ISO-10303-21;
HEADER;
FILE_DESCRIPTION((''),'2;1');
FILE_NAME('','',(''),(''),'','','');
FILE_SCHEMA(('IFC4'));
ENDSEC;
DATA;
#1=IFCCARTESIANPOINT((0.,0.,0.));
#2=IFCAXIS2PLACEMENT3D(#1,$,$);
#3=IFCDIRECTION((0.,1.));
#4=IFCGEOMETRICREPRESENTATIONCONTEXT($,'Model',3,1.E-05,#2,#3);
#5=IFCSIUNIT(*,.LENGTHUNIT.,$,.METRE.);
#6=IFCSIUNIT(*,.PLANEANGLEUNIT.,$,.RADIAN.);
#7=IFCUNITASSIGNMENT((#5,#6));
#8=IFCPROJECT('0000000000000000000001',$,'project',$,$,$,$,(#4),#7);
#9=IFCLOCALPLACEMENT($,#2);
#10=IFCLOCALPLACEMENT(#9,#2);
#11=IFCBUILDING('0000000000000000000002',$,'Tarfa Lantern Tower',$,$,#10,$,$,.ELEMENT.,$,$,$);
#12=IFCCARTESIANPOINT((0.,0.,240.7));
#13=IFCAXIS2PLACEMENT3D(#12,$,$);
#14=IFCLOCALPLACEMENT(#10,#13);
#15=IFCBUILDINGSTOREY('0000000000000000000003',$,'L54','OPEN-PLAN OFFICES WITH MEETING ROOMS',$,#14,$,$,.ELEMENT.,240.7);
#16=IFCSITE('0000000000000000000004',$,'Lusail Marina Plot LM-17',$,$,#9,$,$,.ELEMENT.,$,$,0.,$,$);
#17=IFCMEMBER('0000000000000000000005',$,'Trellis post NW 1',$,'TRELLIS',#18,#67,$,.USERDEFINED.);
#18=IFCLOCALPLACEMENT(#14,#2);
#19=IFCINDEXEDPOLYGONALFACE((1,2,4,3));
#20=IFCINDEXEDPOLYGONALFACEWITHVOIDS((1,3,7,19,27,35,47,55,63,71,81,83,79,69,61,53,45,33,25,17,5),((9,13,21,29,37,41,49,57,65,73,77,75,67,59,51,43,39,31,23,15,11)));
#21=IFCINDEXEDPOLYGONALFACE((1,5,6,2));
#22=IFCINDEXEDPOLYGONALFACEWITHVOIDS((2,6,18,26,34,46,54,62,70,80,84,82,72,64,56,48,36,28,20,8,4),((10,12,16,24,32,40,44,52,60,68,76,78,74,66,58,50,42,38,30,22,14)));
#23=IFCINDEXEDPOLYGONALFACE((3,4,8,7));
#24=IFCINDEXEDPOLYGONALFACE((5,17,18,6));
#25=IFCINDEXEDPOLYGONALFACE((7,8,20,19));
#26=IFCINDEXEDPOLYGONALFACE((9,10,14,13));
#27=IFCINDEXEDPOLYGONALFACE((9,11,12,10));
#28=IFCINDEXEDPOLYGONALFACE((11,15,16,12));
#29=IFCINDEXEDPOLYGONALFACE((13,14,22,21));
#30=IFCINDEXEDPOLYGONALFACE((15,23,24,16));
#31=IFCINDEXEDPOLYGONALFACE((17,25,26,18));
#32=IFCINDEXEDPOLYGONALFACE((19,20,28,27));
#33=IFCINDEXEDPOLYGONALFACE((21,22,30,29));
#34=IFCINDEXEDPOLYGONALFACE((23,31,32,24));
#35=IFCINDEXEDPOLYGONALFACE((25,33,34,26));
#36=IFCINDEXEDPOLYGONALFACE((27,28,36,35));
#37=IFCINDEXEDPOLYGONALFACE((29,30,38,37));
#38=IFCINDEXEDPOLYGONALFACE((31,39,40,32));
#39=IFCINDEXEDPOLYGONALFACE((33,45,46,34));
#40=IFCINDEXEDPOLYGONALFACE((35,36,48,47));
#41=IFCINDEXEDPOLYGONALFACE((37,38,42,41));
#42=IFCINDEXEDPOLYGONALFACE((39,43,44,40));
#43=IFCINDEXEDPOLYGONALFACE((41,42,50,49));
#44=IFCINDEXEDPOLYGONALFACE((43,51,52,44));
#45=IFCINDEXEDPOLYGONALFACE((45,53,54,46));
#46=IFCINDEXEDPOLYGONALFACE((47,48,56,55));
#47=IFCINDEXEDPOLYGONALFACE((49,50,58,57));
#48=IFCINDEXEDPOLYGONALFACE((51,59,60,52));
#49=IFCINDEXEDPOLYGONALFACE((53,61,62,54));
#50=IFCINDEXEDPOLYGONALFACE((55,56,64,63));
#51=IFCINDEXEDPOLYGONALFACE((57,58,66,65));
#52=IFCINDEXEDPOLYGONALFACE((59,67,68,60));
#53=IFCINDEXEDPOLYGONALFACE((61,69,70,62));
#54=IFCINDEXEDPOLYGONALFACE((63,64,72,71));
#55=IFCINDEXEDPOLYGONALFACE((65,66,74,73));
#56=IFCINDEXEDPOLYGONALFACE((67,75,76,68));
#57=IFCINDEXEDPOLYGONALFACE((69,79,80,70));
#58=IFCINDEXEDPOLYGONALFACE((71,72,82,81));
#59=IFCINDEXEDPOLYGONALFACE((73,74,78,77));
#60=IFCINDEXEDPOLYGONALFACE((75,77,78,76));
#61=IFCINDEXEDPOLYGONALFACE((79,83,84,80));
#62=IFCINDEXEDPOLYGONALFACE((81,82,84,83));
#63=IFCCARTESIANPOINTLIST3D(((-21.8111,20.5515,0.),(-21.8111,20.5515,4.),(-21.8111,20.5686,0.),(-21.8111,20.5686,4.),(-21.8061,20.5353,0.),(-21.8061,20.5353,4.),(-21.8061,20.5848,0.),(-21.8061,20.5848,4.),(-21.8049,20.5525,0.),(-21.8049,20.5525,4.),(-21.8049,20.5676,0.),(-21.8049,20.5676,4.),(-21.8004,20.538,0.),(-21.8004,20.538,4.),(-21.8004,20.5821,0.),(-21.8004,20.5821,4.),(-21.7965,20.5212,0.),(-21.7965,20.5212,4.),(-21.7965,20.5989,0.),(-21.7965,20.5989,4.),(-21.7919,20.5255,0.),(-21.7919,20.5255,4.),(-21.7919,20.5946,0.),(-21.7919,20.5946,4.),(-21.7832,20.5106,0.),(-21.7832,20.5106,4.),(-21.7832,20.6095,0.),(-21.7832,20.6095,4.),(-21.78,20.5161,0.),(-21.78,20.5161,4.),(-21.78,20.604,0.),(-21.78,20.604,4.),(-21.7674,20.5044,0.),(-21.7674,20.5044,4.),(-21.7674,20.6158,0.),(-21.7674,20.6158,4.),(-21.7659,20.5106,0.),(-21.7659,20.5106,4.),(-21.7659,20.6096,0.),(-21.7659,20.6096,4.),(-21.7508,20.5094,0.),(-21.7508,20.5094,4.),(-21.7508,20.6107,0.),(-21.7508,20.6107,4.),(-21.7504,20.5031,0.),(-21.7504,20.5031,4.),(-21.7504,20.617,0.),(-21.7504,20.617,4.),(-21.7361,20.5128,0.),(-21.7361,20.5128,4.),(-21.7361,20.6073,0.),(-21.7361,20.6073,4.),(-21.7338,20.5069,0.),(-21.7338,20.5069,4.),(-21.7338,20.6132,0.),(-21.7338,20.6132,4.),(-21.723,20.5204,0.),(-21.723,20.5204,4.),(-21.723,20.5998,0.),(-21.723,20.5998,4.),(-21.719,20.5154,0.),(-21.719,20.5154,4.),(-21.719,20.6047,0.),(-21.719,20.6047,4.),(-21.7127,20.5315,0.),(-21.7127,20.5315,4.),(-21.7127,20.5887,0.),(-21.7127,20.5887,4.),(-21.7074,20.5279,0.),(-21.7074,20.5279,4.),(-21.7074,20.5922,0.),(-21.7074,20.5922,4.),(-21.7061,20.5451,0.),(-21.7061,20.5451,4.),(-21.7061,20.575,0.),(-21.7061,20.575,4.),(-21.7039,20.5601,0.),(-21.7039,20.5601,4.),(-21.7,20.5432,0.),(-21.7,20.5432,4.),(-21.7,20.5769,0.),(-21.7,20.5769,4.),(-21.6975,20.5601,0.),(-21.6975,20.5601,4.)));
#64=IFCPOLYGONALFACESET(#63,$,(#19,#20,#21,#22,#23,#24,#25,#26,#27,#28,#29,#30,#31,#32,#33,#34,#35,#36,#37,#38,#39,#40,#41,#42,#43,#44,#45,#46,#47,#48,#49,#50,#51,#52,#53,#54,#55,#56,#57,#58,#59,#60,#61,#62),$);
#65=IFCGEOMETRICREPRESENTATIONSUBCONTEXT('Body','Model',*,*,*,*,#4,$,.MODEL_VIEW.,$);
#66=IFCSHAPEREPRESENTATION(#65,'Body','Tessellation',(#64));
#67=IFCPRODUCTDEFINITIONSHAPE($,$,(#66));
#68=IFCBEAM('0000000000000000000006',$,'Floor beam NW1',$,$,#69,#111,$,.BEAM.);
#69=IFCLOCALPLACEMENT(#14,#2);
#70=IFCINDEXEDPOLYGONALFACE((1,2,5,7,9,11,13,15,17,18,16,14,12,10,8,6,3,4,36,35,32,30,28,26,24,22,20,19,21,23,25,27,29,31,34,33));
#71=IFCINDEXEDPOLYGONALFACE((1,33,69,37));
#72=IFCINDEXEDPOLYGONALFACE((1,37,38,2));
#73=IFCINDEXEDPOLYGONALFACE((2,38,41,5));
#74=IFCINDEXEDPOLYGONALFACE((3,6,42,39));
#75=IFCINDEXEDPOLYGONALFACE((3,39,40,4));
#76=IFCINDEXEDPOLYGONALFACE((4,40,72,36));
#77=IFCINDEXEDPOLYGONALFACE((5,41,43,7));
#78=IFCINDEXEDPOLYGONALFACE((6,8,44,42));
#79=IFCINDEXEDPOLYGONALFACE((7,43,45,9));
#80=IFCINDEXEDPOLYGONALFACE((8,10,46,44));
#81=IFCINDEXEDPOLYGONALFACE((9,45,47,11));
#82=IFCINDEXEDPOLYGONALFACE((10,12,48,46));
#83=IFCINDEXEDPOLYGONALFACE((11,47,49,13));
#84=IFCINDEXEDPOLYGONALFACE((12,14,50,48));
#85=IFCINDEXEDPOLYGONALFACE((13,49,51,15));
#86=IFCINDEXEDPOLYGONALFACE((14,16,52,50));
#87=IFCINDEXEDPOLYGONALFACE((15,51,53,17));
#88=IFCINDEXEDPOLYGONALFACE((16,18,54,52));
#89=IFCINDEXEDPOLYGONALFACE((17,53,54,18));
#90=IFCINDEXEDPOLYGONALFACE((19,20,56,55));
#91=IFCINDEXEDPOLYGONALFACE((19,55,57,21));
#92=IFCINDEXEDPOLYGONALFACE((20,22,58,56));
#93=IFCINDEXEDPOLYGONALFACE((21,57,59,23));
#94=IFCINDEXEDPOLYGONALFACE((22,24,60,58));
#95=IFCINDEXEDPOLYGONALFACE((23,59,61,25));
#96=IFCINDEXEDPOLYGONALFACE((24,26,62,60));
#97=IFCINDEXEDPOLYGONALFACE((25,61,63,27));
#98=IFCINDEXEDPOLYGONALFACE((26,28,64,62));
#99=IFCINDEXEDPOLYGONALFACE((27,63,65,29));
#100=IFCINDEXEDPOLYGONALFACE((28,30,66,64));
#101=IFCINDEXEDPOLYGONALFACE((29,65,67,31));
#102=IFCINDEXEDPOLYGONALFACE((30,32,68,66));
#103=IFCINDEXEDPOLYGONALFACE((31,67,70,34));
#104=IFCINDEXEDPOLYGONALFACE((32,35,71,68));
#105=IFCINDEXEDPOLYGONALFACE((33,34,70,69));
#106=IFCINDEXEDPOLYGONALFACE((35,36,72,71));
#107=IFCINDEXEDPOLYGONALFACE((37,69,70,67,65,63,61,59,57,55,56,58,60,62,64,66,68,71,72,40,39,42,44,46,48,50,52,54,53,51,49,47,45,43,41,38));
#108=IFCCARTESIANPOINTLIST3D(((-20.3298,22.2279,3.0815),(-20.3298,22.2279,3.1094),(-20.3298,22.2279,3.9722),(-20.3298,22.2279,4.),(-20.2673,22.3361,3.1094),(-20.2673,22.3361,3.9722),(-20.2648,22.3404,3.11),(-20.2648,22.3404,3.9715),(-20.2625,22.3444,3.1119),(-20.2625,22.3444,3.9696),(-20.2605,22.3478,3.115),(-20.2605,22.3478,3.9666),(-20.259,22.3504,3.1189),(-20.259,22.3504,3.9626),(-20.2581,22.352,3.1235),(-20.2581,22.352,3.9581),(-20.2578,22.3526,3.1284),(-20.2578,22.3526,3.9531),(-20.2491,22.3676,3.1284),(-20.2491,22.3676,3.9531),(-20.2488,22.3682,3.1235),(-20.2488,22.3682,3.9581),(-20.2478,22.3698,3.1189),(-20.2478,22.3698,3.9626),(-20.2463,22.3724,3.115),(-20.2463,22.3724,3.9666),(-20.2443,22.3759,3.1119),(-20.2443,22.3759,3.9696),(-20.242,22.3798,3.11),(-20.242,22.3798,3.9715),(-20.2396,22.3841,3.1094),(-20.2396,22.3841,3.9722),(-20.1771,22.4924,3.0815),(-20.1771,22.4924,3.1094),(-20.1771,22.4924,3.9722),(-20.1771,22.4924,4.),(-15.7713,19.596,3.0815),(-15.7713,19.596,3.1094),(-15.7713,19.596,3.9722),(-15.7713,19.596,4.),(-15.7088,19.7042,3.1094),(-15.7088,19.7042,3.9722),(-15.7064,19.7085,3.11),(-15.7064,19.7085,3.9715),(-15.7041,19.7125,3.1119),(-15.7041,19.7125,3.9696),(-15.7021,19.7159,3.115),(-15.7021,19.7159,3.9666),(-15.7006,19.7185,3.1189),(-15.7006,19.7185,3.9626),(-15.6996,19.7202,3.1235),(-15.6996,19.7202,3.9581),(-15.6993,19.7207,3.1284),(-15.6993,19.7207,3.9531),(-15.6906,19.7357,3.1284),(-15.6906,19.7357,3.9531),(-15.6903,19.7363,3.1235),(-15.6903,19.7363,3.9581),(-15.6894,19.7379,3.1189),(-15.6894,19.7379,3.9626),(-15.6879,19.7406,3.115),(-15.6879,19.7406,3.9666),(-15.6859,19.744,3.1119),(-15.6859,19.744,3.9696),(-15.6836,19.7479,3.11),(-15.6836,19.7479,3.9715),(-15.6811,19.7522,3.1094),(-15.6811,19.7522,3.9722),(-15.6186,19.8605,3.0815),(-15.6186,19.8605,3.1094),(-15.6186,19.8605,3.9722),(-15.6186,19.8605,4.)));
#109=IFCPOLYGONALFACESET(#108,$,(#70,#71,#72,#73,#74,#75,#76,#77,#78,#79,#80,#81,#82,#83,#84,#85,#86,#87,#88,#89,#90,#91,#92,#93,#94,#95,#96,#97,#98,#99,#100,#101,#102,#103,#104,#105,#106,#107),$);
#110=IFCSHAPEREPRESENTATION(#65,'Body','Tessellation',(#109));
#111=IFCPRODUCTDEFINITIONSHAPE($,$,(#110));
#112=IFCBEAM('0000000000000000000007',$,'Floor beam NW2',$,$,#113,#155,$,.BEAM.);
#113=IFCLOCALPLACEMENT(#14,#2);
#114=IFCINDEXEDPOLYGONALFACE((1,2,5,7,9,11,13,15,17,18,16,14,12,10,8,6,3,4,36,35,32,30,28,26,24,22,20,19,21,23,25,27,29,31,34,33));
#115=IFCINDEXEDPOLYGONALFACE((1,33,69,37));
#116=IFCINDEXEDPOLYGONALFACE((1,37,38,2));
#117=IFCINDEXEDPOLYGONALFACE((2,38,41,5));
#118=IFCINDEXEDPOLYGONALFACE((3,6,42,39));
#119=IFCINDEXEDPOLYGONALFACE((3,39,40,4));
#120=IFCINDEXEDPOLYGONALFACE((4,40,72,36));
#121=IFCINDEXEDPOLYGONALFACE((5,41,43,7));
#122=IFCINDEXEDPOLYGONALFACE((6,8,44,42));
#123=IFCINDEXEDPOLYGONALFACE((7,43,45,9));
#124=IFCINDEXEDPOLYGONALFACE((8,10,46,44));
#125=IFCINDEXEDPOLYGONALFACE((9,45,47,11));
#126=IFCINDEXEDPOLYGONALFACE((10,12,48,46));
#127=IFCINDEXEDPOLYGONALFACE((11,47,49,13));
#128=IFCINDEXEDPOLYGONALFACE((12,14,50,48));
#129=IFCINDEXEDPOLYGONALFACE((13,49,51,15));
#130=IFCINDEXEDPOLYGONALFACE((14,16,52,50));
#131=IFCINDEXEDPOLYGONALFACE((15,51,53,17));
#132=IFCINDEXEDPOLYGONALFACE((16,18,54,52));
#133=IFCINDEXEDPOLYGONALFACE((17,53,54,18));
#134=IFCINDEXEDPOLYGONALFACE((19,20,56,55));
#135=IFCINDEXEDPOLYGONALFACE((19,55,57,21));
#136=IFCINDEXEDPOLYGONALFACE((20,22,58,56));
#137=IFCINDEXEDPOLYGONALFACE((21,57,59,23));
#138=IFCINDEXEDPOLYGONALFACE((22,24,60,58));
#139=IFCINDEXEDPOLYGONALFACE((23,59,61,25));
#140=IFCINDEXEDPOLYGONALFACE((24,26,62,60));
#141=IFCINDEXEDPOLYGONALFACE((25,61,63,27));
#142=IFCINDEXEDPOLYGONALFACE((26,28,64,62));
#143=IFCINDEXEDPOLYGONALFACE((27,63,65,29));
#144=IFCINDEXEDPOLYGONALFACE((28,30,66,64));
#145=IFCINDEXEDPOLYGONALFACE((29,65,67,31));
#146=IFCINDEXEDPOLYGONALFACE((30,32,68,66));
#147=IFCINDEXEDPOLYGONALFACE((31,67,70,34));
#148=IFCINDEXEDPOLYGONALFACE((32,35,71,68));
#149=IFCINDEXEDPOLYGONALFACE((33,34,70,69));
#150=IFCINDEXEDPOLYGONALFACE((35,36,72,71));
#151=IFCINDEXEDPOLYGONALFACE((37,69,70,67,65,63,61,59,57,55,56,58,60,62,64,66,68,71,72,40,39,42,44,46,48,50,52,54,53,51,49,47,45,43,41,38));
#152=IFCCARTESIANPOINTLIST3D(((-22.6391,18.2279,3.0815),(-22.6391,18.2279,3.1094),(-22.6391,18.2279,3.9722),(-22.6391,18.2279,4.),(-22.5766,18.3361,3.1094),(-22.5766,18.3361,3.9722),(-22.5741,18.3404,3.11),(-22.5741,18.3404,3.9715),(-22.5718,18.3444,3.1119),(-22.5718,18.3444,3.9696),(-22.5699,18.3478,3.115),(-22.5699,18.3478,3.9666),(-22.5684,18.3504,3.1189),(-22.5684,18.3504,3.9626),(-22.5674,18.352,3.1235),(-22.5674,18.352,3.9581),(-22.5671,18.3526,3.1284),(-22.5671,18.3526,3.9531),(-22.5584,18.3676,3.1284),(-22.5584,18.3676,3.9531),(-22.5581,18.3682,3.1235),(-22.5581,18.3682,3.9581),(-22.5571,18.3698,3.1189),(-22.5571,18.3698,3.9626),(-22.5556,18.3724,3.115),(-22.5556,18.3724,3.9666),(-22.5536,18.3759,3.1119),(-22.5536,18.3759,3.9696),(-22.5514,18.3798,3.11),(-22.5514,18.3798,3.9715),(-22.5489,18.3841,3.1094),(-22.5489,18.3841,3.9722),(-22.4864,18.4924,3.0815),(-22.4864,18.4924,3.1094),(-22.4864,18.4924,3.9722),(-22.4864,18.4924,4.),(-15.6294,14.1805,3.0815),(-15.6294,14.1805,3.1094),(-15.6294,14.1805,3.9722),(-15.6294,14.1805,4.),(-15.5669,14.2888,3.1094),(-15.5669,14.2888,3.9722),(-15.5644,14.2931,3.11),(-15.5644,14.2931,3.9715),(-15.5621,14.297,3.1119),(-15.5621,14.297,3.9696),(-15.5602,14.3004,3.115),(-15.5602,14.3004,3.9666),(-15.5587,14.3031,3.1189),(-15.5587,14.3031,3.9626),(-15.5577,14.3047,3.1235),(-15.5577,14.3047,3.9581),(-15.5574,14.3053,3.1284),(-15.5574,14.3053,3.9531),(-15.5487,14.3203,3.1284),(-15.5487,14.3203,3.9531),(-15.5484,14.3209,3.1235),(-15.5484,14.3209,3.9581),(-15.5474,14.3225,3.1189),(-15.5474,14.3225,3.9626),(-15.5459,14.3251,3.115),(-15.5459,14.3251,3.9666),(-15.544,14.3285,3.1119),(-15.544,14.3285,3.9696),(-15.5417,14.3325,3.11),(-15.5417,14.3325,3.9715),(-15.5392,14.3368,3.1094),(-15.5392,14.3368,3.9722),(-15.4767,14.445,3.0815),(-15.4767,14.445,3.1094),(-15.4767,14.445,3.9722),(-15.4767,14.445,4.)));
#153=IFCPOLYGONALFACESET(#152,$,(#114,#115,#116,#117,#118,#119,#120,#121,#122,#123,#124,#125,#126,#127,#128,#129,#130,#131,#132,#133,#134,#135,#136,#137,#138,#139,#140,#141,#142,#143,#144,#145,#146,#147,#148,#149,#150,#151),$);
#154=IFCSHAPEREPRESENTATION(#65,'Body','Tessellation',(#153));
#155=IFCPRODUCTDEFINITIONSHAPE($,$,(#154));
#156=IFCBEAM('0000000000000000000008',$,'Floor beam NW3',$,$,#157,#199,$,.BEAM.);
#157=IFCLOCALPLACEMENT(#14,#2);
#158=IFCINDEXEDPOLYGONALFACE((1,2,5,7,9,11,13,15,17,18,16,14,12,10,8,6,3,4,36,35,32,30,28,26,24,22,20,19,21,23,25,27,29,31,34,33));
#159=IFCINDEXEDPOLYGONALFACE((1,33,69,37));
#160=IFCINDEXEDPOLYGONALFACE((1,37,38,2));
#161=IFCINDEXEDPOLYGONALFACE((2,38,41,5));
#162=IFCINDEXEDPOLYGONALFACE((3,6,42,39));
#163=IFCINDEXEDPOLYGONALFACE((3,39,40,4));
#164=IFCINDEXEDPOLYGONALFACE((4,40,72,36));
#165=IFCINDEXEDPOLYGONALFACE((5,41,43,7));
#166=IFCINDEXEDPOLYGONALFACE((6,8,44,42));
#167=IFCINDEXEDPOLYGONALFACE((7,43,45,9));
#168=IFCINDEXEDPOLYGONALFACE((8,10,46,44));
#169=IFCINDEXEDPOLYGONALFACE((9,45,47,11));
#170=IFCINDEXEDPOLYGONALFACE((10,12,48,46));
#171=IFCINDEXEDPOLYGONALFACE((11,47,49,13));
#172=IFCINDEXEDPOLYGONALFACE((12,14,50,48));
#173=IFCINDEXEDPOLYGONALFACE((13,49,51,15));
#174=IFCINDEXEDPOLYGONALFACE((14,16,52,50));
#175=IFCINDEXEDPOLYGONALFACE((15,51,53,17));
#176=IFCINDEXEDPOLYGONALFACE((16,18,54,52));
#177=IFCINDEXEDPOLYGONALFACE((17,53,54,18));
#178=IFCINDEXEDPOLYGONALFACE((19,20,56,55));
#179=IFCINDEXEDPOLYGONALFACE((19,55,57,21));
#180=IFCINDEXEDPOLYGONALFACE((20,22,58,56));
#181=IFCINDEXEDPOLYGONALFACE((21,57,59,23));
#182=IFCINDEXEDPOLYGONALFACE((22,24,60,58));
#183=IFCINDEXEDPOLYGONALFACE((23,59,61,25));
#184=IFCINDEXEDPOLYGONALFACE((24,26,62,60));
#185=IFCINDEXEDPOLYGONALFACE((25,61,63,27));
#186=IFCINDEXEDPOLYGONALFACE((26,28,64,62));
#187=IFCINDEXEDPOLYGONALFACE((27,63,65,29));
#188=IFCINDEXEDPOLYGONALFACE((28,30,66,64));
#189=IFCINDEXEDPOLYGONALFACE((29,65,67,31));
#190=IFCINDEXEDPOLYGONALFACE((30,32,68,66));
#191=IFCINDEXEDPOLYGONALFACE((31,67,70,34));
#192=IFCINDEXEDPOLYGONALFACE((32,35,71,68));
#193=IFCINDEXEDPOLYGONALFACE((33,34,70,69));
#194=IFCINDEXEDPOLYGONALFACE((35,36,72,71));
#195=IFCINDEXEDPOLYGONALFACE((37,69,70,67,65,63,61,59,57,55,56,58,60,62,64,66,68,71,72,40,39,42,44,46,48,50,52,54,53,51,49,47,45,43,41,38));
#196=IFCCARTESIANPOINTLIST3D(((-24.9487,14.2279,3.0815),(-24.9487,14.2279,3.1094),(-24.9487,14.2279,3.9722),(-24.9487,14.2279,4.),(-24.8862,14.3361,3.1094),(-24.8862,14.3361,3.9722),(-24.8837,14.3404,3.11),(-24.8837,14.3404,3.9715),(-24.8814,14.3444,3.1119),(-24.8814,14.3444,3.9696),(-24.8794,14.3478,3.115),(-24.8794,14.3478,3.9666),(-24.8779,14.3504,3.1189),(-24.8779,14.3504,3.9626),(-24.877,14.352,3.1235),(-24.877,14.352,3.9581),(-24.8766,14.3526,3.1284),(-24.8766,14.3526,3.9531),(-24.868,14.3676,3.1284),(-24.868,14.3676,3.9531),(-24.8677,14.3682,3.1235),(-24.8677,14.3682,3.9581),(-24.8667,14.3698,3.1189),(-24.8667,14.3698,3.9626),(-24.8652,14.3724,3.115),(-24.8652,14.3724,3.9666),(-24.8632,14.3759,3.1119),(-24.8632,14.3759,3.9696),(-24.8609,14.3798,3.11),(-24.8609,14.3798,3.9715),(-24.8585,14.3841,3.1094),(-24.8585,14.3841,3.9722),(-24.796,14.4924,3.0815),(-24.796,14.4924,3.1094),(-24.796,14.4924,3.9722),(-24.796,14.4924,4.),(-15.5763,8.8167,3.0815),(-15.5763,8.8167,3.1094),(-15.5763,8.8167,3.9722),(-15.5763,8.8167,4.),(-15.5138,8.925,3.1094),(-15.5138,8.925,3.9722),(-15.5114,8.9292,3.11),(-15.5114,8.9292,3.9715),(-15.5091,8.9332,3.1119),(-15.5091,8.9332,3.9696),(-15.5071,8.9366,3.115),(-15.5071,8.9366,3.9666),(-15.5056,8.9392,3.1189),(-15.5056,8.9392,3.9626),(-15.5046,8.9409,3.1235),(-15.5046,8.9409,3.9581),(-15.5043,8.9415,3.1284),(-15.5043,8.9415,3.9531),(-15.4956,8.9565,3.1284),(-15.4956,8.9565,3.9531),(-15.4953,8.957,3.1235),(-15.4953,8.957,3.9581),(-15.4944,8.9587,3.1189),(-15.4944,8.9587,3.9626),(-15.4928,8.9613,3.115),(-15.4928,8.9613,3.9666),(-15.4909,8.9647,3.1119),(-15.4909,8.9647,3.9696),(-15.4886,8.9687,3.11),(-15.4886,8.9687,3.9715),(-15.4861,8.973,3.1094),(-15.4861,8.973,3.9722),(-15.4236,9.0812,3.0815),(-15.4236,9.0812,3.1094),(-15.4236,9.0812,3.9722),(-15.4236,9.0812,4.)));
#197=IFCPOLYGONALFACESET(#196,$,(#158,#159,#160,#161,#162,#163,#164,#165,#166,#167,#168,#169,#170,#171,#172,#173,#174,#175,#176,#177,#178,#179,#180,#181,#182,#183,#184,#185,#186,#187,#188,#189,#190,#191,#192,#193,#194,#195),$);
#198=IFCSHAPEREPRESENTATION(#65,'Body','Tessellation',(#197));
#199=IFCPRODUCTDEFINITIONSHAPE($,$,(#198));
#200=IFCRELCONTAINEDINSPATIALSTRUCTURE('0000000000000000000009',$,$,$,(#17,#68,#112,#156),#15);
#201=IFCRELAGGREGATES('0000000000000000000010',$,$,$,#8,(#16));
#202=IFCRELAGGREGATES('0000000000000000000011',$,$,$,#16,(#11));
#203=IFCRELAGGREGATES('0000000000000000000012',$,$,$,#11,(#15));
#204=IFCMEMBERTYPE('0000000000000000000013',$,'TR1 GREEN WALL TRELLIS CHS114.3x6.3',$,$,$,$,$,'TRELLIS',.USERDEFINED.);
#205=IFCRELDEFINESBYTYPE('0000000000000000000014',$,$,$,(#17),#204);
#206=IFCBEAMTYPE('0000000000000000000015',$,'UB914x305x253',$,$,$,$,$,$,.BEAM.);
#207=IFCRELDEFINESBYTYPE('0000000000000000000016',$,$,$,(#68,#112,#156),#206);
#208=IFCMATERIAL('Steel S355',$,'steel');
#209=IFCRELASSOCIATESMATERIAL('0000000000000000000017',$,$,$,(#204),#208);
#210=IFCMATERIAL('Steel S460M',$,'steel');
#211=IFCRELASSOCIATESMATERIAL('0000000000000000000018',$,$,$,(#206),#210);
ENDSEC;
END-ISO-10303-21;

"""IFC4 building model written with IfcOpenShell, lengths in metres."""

from ifc_helpers import new_model, si_unit, direction, frame, origin, origin_2d, place, context, subcontext, project, spatial, hollow_circle, i_section, extrude, material, material_profile, profile_set, type_object, element, save


model = new_model("IFC4")

# Units and contexts
model_context = context("Model", 3, precision=1e-05, world=origin(), true_north=direction((0.0, 1.0)))
body_context = subcontext(model_context, "Body", "Model", "MODEL_VIEW")
ifc_project = project(units=[si_unit("LENGTHUNIT", "METRE"), si_unit("PLANEANGLEUNIT", "RADIAN")], contexts=[model_context])

# Site, building, storey
site_placement = place(None, origin())
site = spatial("IfcSite", under=ifc_project, at=site_placement, Name="Lusail Marina Plot LM-17", CompositionType="ELEMENT", RefElevation=0.0)
building_placement = place(site_placement, origin())
building = spatial("IfcBuilding", under=site, at=building_placement, Name="Tarfa Lantern Tower", CompositionType="ELEMENT")
storey_placement = place(building_placement, frame((0.0, 0.0, 240.7)))
storey = spatial("IfcBuildingStorey", under=building, at=storey_placement, Name="L54", Description="OPEN-PLAN OFFICES WITH MEETING ROOMS", CompositionType="ELEMENT", Elevation=240.7)

# Member
ifc_material_1 = material(Name="Steel S355", Category="steel")
ifc_material_profile_1 = material_profile(ifc_material_1, hollow_circle(Radius=0.0571, WallThickness=0.0063, at=origin_2d()), Name="CHS114.3x6.3")
ifc_profile_set_1 = profile_set([ifc_material_profile_1], Name="Steel S355")
member_type_1 = type_object("IfcMemberType", Name="TR1 GREEN WALL TRELLIS CHS114.3x6.3", ElementType="TRELLIS", PredefinedType="USERDEFINED", material=ifc_profile_set_1)
member_1_placement = place(storey_placement, frame((-21.7546, 20.5601, 0.0), z_axis=(0.0, 0.0, 1.0), x_axis=(1.0, 0.0, 0.0)))
element("IfcMember", 1, at=member_1_placement, inside=storey, type_object=member_type_1, Name="Trellis post NW 1", ObjectType="TRELLIS", PredefinedType="USERDEFINED", context=body_context, shape_type="SweptSolid", body=[
    extrude(hollow_circle(Radius=0.0571, WallThickness=0.0063, at=origin_2d()), origin(), (0.0, 0.0, 1.0), 4.0),
])

# Beams
ifc_material_2 = material(Name="Steel S460M", Category="steel")
ifc_material_profile_2 = material_profile(ifc_material_2, i_section(OverallWidth=0.3054, OverallDepth=0.9185, WebThickness=0.0173, FlangeThickness=0.0278, FilletRadius=0.019, at=origin_2d()), Name="UB914x305x253")
ifc_profile_set_2 = profile_set([ifc_material_profile_2], Name="Steel S460M")
beam_type_1 = type_object("IfcBeamType", Name="UB914x305x253", PredefinedType="BEAM", material=ifc_profile_set_2)
beam_1_placement = place(storey_placement, frame((-20.2534, 22.3601, 3.5408), z_axis=(0.86602, -0.50001, 0.0), x_axis=(0.50001, 0.86602, 0.0)))
element("IfcBeam", 2, at=beam_1_placement, inside=storey, type_object=beam_type_1, Name="Floor beam NW1", PredefinedType="BEAM", context=body_context, shape_type="SweptSolid", body=[
    extrude(i_section(OverallWidth=0.3054, OverallDepth=0.9185, WebThickness=0.0173, FlangeThickness=0.0278, FilletRadius=0.019, at=origin_2d()), origin(), (0.0, 0.0, 1.0), 5.2637),
])
beam_2_placement = place(storey_placement, frame((-22.5627, 18.3601, 3.5408), z_axis=(0.866011, -0.500025, 0.0), x_axis=(0.500025, 0.866011, 0.0)))
element("IfcBeam", 3, at=beam_2_placement, inside=storey, type_object=beam_type_1, Name="Floor beam NW2", PredefinedType="BEAM", context=body_context, shape_type="SweptSolid", body=[
    extrude(i_section(OverallWidth=0.3054, OverallDepth=0.9185, WebThickness=0.0173, FlangeThickness=0.0278, FilletRadius=0.019, at=origin_2d()), origin(), (0.0, 0.0, 1.0), 8.0942),
])
beam_3_placement = place(storey_placement, frame((-24.8723, 14.3601, 3.5408), z_axis=(0.866024, -0.500002, 0.0), x_axis=(0.500002, 0.866024, 0.0)))
element("IfcBeam", 4, at=beam_3_placement, inside=storey, type_object=beam_type_1, Name="Floor beam NW3", PredefinedType="BEAM", context=body_context, shape_type="SweptSolid", body=[
    extrude(i_section(OverallWidth=0.3054, OverallDepth=0.9185, WebThickness=0.0173, FlangeThickness=0.0278, FilletRadius=0.019, at=origin_2d()), origin(), (0.0, 0.0, 1.0), 10.8223),
])

save(model, "model.ifc")
